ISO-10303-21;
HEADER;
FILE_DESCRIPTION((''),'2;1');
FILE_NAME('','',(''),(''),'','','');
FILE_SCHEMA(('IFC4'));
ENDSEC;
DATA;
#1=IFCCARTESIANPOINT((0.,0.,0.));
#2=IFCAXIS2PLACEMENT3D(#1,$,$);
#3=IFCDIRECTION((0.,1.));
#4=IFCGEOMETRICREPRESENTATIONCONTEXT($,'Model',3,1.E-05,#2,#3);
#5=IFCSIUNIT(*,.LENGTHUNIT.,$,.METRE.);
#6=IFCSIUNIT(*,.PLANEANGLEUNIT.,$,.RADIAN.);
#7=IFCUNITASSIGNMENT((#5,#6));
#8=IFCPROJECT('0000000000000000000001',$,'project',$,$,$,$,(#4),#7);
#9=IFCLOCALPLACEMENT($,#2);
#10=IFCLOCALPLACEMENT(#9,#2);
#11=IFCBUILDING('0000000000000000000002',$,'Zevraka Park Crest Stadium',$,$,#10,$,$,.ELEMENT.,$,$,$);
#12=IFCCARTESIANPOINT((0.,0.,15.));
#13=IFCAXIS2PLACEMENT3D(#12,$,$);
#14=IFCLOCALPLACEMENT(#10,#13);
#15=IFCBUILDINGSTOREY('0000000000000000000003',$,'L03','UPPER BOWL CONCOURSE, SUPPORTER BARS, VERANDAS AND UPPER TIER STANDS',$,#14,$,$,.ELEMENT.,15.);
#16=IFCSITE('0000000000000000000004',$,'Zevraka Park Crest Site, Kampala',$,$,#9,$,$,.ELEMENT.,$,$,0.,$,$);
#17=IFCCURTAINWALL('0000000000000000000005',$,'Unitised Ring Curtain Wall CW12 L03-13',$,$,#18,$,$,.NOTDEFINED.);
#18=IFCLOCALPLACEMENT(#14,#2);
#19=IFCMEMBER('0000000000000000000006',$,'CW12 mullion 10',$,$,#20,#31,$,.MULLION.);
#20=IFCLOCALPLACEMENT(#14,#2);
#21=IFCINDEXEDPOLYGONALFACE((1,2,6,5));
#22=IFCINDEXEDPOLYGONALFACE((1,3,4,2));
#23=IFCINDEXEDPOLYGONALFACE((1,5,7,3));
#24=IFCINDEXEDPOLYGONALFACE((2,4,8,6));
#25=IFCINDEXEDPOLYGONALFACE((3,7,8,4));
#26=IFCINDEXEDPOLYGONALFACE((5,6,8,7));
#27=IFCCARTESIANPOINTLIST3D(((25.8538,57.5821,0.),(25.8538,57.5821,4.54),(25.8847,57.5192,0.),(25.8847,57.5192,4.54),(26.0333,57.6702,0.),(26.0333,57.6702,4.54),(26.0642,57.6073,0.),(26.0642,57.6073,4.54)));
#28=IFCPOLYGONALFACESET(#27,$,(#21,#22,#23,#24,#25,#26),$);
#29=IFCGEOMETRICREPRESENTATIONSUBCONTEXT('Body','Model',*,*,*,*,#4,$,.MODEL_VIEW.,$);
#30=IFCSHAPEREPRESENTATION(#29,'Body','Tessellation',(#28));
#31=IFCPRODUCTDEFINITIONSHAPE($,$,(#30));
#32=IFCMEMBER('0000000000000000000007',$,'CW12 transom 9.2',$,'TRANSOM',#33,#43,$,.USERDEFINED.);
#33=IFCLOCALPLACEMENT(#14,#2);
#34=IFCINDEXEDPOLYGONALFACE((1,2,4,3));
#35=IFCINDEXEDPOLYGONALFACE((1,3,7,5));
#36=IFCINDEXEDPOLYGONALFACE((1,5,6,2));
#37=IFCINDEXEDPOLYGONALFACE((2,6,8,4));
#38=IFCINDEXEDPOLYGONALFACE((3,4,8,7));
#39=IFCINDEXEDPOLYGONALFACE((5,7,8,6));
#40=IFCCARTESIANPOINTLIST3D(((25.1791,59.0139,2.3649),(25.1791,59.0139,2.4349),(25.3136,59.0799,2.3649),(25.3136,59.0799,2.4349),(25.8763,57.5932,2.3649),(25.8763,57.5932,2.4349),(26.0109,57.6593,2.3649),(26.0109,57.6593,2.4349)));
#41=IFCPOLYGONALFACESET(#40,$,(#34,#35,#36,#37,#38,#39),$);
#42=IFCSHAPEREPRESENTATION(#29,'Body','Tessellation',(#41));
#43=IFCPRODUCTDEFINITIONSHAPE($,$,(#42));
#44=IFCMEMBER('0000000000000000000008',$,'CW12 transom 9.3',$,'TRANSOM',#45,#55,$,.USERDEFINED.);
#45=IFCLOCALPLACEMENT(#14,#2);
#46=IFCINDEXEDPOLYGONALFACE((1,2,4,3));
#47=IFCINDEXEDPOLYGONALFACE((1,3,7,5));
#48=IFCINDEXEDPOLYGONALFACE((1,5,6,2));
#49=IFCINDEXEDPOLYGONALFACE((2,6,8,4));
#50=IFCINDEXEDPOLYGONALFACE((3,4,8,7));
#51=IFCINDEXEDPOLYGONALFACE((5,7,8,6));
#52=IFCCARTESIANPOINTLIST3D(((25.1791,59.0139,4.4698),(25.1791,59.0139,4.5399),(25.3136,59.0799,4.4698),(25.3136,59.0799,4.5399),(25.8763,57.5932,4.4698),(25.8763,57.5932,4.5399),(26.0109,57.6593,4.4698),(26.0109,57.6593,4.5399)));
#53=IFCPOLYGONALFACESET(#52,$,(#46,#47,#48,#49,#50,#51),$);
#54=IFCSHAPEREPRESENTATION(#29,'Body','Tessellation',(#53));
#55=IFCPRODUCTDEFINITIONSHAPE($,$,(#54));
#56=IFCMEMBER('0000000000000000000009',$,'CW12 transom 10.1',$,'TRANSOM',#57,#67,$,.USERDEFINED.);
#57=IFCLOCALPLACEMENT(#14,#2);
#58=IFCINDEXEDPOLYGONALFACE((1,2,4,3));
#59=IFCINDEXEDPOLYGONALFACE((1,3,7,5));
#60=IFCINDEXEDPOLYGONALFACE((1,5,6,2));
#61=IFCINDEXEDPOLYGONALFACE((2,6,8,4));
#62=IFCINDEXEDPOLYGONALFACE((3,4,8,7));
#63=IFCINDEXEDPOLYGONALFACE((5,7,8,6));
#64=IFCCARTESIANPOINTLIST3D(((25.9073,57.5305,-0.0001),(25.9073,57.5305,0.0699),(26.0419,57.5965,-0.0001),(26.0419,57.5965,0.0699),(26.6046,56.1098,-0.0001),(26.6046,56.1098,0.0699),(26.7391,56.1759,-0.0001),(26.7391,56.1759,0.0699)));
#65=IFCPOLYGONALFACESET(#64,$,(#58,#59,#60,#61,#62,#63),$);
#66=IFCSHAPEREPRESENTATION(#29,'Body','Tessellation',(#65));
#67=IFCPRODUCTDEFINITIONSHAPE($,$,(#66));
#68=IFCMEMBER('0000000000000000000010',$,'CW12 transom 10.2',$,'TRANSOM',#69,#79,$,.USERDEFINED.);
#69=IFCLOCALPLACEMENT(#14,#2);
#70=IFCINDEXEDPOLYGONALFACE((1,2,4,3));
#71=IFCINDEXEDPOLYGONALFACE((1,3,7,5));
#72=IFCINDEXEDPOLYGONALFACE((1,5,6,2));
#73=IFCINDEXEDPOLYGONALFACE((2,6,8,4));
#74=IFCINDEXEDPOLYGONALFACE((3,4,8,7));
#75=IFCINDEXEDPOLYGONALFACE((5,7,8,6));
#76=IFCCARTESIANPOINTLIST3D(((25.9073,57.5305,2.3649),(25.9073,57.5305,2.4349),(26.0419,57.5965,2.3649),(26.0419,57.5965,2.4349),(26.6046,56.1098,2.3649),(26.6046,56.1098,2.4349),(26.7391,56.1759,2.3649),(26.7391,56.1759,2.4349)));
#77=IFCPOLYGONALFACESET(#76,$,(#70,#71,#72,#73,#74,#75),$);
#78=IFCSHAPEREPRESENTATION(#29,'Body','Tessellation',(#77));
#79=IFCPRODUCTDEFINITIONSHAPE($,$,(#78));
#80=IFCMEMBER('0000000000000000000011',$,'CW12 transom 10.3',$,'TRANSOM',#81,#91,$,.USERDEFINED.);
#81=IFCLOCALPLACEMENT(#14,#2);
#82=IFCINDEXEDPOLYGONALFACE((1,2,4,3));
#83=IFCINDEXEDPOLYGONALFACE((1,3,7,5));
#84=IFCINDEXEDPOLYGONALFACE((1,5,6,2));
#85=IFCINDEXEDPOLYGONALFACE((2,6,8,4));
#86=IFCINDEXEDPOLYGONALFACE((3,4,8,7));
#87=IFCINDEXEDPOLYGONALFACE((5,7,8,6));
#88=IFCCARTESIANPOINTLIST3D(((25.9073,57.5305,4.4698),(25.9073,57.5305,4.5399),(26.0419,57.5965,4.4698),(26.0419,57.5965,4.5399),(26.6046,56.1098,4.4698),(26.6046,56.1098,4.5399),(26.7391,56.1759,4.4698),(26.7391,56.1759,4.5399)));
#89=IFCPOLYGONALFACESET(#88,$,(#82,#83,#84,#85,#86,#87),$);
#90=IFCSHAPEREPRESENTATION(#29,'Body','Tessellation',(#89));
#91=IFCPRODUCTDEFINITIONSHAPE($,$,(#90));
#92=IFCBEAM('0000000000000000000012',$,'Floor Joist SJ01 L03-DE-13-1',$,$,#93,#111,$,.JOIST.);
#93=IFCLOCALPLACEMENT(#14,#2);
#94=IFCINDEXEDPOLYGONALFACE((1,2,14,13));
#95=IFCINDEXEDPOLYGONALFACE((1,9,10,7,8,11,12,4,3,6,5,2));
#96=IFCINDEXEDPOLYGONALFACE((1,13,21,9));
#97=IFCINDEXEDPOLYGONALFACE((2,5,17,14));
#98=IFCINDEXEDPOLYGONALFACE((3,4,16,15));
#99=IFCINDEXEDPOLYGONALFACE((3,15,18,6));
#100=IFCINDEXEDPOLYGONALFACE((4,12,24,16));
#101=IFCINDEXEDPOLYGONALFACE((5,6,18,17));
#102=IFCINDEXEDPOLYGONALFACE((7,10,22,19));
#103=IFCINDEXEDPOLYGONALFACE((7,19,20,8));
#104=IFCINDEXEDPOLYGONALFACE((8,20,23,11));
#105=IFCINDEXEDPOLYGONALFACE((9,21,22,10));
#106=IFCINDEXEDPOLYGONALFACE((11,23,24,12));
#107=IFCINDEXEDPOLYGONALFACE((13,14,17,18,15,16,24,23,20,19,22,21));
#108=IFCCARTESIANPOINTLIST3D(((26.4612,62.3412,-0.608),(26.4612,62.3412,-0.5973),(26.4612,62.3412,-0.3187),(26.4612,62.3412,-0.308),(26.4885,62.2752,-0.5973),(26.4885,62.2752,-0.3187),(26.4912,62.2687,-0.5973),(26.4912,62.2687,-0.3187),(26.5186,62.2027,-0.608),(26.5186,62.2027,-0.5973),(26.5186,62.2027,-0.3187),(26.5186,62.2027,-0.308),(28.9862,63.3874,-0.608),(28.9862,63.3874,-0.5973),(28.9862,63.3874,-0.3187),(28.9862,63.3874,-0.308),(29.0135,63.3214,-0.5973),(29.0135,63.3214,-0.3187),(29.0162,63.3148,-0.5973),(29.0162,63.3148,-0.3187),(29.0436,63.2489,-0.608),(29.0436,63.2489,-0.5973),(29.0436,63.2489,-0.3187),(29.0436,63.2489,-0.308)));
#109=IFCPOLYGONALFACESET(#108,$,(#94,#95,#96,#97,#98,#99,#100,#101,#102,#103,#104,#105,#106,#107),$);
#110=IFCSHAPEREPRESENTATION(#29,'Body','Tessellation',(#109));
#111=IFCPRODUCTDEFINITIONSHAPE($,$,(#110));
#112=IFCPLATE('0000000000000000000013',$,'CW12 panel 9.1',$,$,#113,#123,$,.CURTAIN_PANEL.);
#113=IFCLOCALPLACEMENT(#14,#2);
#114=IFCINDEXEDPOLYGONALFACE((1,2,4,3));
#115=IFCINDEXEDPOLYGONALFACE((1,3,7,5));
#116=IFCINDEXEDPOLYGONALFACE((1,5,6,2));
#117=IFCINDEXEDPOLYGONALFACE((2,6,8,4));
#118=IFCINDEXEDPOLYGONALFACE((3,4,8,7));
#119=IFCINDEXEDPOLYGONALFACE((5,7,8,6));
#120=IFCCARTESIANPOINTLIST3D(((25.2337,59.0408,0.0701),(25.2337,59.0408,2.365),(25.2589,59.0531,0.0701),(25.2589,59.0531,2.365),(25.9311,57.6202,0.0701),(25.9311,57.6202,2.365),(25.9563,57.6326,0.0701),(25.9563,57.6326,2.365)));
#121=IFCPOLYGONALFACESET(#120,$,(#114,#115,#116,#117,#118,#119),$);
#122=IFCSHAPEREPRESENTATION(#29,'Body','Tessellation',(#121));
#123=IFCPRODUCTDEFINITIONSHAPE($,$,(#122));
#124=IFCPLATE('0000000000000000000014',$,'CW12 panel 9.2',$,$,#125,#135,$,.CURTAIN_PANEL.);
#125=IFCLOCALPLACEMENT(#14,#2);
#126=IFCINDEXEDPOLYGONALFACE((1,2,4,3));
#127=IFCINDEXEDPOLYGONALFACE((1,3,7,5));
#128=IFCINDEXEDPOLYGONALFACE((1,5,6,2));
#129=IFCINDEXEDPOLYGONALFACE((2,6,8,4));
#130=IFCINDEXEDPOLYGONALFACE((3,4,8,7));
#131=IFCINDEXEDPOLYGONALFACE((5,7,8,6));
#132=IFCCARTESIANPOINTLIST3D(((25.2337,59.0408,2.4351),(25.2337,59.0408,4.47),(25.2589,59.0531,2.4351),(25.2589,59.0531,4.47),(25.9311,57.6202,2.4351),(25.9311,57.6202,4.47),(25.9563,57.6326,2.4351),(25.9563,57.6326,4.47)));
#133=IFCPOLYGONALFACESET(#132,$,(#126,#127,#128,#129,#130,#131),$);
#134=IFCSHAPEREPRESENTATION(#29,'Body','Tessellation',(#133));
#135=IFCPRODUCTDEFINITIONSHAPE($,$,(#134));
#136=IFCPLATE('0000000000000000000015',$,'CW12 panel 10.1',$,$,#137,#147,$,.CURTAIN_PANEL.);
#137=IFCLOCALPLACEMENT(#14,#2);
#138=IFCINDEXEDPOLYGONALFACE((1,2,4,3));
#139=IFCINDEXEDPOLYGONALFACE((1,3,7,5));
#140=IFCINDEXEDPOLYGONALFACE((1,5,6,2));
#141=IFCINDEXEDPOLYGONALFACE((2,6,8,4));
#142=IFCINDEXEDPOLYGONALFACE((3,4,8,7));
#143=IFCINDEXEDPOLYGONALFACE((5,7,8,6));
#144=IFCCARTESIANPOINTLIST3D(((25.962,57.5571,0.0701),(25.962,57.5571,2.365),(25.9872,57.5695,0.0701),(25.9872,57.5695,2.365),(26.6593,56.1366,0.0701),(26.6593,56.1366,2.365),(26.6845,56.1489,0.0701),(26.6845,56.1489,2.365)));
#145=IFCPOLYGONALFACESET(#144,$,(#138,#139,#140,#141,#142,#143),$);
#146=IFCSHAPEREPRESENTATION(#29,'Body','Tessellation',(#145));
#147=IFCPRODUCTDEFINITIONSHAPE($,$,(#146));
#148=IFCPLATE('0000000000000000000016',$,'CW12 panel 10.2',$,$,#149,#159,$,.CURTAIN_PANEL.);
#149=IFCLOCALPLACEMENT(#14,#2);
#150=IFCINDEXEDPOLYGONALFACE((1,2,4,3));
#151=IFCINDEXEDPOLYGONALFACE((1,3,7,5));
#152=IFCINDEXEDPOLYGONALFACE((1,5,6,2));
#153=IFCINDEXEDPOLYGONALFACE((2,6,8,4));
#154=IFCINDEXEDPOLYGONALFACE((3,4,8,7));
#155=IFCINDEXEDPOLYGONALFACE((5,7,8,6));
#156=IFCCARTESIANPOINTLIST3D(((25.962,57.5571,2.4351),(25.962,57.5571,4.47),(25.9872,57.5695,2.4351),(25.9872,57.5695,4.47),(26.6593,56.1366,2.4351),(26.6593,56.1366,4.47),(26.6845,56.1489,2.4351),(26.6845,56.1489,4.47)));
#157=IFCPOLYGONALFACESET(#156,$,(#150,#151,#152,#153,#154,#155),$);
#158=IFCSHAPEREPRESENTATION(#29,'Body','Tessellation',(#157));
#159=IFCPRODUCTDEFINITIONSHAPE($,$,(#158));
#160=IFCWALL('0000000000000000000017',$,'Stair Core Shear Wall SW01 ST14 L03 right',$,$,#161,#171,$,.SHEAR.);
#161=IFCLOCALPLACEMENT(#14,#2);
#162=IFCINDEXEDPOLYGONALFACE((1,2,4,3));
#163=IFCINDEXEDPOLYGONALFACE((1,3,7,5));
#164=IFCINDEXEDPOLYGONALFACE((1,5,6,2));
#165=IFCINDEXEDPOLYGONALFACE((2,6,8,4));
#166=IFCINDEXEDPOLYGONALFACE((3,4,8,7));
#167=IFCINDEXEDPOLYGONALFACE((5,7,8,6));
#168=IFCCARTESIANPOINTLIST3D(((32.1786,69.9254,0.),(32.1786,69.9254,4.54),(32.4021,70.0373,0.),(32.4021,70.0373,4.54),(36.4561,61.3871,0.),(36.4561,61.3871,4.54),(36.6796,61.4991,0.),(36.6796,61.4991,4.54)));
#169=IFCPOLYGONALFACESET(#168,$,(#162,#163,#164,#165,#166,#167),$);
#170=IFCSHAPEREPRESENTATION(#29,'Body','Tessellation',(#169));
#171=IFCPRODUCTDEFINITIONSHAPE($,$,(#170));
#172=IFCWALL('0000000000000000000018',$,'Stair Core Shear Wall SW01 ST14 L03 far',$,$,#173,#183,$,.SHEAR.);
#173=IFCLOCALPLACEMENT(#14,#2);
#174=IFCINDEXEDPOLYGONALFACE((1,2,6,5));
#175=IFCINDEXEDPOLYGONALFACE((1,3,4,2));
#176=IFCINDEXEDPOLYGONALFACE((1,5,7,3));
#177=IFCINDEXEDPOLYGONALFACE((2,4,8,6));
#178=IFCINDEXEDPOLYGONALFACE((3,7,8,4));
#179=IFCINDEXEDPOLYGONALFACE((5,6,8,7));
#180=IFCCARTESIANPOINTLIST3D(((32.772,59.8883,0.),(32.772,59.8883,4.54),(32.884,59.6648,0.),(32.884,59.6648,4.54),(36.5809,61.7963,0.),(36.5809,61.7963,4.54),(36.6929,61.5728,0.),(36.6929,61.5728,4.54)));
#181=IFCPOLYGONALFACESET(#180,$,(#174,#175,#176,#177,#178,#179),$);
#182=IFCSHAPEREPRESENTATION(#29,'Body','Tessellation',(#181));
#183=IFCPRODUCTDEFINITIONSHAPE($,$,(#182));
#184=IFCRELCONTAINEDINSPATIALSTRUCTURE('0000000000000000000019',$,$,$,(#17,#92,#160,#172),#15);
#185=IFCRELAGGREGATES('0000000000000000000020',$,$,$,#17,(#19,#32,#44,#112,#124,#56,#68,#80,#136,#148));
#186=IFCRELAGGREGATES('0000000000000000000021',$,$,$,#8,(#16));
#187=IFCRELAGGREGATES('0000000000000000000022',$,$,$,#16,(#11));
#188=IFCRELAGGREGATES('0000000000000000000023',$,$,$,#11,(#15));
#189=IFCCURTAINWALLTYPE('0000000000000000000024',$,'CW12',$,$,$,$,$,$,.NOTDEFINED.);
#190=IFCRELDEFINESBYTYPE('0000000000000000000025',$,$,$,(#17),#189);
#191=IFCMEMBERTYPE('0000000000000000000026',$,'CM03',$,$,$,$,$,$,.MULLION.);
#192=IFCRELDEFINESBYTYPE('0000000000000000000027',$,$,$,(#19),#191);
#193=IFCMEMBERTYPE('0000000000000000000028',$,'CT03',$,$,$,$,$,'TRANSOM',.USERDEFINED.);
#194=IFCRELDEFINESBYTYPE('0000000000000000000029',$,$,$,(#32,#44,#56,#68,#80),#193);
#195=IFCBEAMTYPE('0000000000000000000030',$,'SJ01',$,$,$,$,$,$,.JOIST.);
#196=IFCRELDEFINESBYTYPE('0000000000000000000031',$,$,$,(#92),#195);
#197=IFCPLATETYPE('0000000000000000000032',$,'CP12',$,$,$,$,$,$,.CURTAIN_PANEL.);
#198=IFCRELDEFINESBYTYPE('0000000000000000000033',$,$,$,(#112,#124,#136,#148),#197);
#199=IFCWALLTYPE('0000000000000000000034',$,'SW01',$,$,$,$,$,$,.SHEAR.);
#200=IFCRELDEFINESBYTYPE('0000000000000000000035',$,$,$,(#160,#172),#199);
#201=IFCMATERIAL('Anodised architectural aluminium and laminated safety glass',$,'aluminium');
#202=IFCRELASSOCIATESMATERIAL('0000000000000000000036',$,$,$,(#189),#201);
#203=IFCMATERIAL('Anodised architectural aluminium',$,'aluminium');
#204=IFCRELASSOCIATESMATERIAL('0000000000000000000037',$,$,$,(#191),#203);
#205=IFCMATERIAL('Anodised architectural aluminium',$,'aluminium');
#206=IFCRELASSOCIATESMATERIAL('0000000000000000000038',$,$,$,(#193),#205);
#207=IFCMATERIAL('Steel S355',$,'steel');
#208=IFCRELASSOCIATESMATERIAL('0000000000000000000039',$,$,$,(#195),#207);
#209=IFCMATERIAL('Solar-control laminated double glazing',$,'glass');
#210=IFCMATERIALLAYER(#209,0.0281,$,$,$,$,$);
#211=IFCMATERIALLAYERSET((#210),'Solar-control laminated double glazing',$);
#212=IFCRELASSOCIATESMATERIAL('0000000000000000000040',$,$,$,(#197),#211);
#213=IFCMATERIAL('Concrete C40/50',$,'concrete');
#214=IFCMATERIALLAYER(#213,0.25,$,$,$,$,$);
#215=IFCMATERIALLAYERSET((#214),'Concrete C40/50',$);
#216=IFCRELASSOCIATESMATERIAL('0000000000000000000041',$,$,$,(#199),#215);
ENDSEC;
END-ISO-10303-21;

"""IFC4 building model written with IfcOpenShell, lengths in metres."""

from ifc_helpers import new_model, si_unit, direction, frame, frame_2d, origin, origin_2d, place, context, subcontext, project, spatial, rectangle, i_section, extrude, material, layer, layer_set, material_profile, profile_set, type_object, element, aggregate, save


model = new_model("IFC4")

# Units and contexts
model_context = context("Model", 3, precision=1e-05, world=origin(), true_north=direction((0.0, 1.0)))
body_context = subcontext(model_context, "Body", "Model", "MODEL_VIEW")
ifc_project = project(units=[si_unit("LENGTHUNIT", "METRE"), si_unit("PLANEANGLEUNIT", "RADIAN")], contexts=[model_context])

# Site, building, storey
site_placement = place(None, origin())
site = spatial("IfcSite", under=ifc_project, at=site_placement, Name="Zevraka Park Crest Site, Kampala", CompositionType="ELEMENT", RefElevation=0.0)
building_placement = place(site_placement, origin())
building = spatial("IfcBuilding", under=site, at=building_placement, Name="Zevraka Park Crest Stadium", CompositionType="ELEMENT")
storey_placement = place(building_placement, frame((0.0, 0.0, 15.0)))
storey = spatial("IfcBuildingStorey", under=building, at=storey_placement, Name="L03", Description="UPPER BOWL CONCOURSE, SUPPORTER BARS, VERANDAS AND UPPER TIER STANDS", CompositionType="ELEMENT", Elevation=15.0)

# Curtain wall, members
ifc_material_1 = material(Name="Anodised architectural aluminium and laminated safety glass", Category="aluminium")
curtain_wall_type = type_object("IfcCurtainWallType", Name="CW12", PredefinedType="NOTDEFINED", material=ifc_material_1)
curtain_wall_placement = place(storey_placement, origin())
curtain_wall = element("IfcCurtainWall", 1, at=curtain_wall_placement, inside=storey, type_object=curtain_wall_type, Name="Unitised Ring Curtain Wall CW12 L03-13", PredefinedType="NOTDEFINED")
ifc_material_2 = material(Name="Anodised architectural aluminium", Category="aluminium")
ifc_material_profile_1 = material_profile(ifc_material_2, rectangle(XDim=0.2, YDim=0.0701, at=origin_2d()), Name="ALU MULLION 200x70")
ifc_profile_set_1 = profile_set([ifc_material_profile_1], Name="Anodised architectural aluminium")
member_type_1 = type_object("IfcMemberType", Name="CM03", PredefinedType="MULLION", material=ifc_profile_set_1)
member_1_placement = place(storey_placement, frame((25.959, 57.5947, 0.0), z_axis=(0.0, 0.0, 1.0), x_axis=(0.897671, 0.440666, 0.0)))
member_1 = element("IfcMember", 2, at=member_1_placement, type_object=member_type_1, Name="CW12 mullion 10", PredefinedType="MULLION", context=body_context, shape_type="SweptSolid", body=[
    extrude(rectangle(XDim=0.2, YDim=0.0701, at=origin_2d()), origin(), (0.0, 0.0, 1.0), 4.54),
])
ifc_material_3 = material(Name="Anodised architectural aluminium", Category="aluminium")
ifc_material_profile_2 = material_profile(ifc_material_3, rectangle(XDim=0.1499, YDim=0.0701, at=origin_2d()), Name="ALU TRANSOM 150x70")
ifc_profile_set_2 = profile_set([ifc_material_profile_2], Name="Anodised architectural aluminium")
member_type_2 = type_object("IfcMemberType", Name="CT03", ElementType="TRANSOM", PredefinedType="USERDEFINED", material=ifc_profile_set_2)
member_2_placement = place(storey_placement, frame((25.2463, 59.0469, 2.3999), z_axis=(0.440599, -0.897704, 0.0), x_axis=(0.897704, 0.440599, 0.0)))
member_2 = element("IfcMember", 3, at=member_2_placement, type_object=member_type_2, Name="CW12 transom 9.2", ObjectType="TRANSOM", PredefinedType="USERDEFINED", context=body_context, shape_type="SweptSolid", body=[
    extrude(rectangle(XDim=0.1499, YDim=0.0701, at=origin_2d()), origin(), (0.0, 0.0, 1.0), 1.5825),
])
member_3_placement = place(storey_placement, frame((25.2463, 59.0469, 4.5049), z_axis=(0.440599, -0.897704, 0.0), x_axis=(0.897704, 0.440599, 0.0)))
member_3 = element("IfcMember", 4, at=member_3_placement, type_object=member_type_2, Name="CW12 transom 9.3", ObjectType="TRANSOM", PredefinedType="USERDEFINED", context=body_context, shape_type="SweptSolid", body=[
    extrude(rectangle(XDim=0.1499, YDim=0.0701, at=origin_2d()), origin(), (0.0, 0.0, 1.0), 1.5825),
])
member_4_placement = place(storey_placement, frame((25.9746, 57.5635, 0.0349), z_axis=(0.440599, -0.897704, 0.0), x_axis=(0.897704, 0.440599, 0.0)))
member_4 = element("IfcMember", 5, at=member_4_placement, type_object=member_type_2, Name="CW12 transom 10.1", ObjectType="TRANSOM", PredefinedType="USERDEFINED", context=body_context, shape_type="SweptSolid", body=[
    extrude(rectangle(XDim=0.1499, YDim=0.0701, at=origin_2d()), origin(), (0.0, 0.0, 1.0), 1.5825),
])
member_5_placement = place(storey_placement, frame((25.9746, 57.5635, 2.3999), z_axis=(0.440599, -0.897704, 0.0), x_axis=(0.897704, 0.440599, 0.0)))
member_5 = element("IfcMember", 6, at=member_5_placement, type_object=member_type_2, Name="CW12 transom 10.2", ObjectType="TRANSOM", PredefinedType="USERDEFINED", context=body_context, shape_type="SweptSolid", body=[
    extrude(rectangle(XDim=0.1499, YDim=0.0701, at=origin_2d()), origin(), (0.0, 0.0, 1.0), 1.5825),
])
member_6_placement = place(storey_placement, frame((25.9746, 57.5635, 4.5049), z_axis=(0.440599, -0.897704, 0.0), x_axis=(0.897704, 0.440599, 0.0)))
member_6 = element("IfcMember", 7, at=member_6_placement, type_object=member_type_2, Name="CW12 transom 10.3", ObjectType="TRANSOM", PredefinedType="USERDEFINED", context=body_context, shape_type="SweptSolid", body=[
    extrude(rectangle(XDim=0.1499, YDim=0.0701, at=origin_2d()), origin(), (0.0, 0.0, 1.0), 1.5825),
])

# Beam
ifc_material_4 = material(Name="Steel S355", Category="steel")
ifc_material_profile_3 = material_profile(ifc_material_4, i_section(OverallWidth=0.1499, OverallDepth=0.3, WebThickness=0.0071, FlangeThickness=0.0107, at=origin_2d()), Name="IPE 300")
ifc_profile_set_3 = profile_set([ifc_material_profile_3], Name="Steel S355")
beam_type = type_object("IfcBeamType", Name="SJ01", PredefinedType="JOIST", material=ifc_profile_set_3)
beam_placement = place(storey_placement, frame((29.0149, 63.3181, -0.458), z_axis=(-0.923842, -0.382775, 0.0), x_axis=(0.382775, -0.923842, 0.0)))
element("IfcBeam", 8, at=beam_placement, inside=storey, type_object=beam_type, Name="Floor Joist SJ01 L03-DE-13-1", PredefinedType="JOIST", context=body_context, shape_type="SweptSolid", body=[
    extrude(i_section(OverallWidth=0.1499, OverallDepth=0.3, WebThickness=0.0071, FlangeThickness=0.0107, at=origin_2d()), origin(), (0.0, 0.0, 1.0), 2.7332),
])

# Plates
ifc_material_5 = material(Name="Solar-control laminated double glazing", Category="glass")
ifc_layer_1 = layer(ifc_material_5, 0.0281)
ifc_layer_set_1 = layer_set([ifc_layer_1], Name="Solar-control laminated double glazing")
plate_type = type_object("IfcPlateType", Name="CP12", PredefinedType="CURTAIN_PANEL", material=ifc_layer_set_1)
plate_1_placement = place(storey_placement, frame((25.595, 58.3367, 0.0701), z_axis=(0.0, 0.0, 1.0), x_axis=(0.440666, -0.897671, 0.0)))
plate_1 = element("IfcPlate", 9, at=plate_1_placement, type_object=plate_type, Name="CW12 panel 9.1", PredefinedType="CURTAIN_PANEL", context=body_context, shape_type="SweptSolid", body=[
    extrude(rectangle(XDim=1.5825, YDim=0.0281, at=origin_2d()), origin(), (0.0, 0.0, 1.0), 2.2949),
])
plate_2_placement = place(storey_placement, frame((25.595, 58.3367, 2.4351), z_axis=(0.0, 0.0, 1.0), x_axis=(0.440666, -0.897671, 0.0)))
plate_2 = element("IfcPlate", 10, at=plate_2_placement, type_object=plate_type, Name="CW12 panel 9.2", PredefinedType="CURTAIN_PANEL", context=body_context, shape_type="SweptSolid", body=[
    extrude(rectangle(XDim=1.5825, YDim=0.0281, at=origin_2d()), origin(), (0.0, 0.0, 1.0), 2.0349),
])
plate_3_placement = place(storey_placement, frame((26.3232, 56.853, 0.0701), z_axis=(0.0, 0.0, 1.0), x_axis=(0.440666, -0.897671, 0.0)))
plate_3 = element("IfcPlate", 11, at=plate_3_placement, type_object=plate_type, Name="CW12 panel 10.1", PredefinedType="CURTAIN_PANEL", context=body_context, shape_type="SweptSolid", body=[
    extrude(rectangle(XDim=1.5825, YDim=0.0281, at=origin_2d()), origin(), (0.0, 0.0, 1.0), 2.2949),
])
plate_4_placement = place(storey_placement, frame((26.3232, 56.853, 2.4351), z_axis=(0.0, 0.0, 1.0), x_axis=(0.440666, -0.897671, 0.0)))
plate_4 = element("IfcPlate", 12, at=plate_4_placement, type_object=plate_type, Name="CW12 panel 10.2", PredefinedType="CURTAIN_PANEL", context=body_context, shape_type="SweptSolid", body=[
    extrude(rectangle(XDim=1.5825, YDim=0.0281, at=origin_2d()), origin(), (0.0, 0.0, 1.0), 2.0349),
])
aggregate(curtain_wall, [member_1, member_2, member_3, plate_1, plate_2, member_4, member_5, member_6, plate_3, plate_4])

# Walls
ifc_material_6 = material(Name="Concrete C40/50", Category="concrete")
ifc_layer_2 = layer(ifc_material_6, 0.25)
ifc_layer_set_2 = layer_set([ifc_layer_2], Name="Concrete C40/50")
wall_type = type_object("IfcWallType", Name="SW01", PredefinedType="SHEAR", material=ifc_layer_set_2)
wall_1_placement = place(storey_placement, frame((36.5679, 61.4431, 0.0), z_axis=(0.0, 0.0, 1.0), x_axis=(-0.447919, 0.894074, 0.0)))
element("IfcWall", 13, at=wall_1_placement, inside=storey, type_object=wall_type, Name="Stair Core Shear Wall SW01 ST14 L03 right", PredefinedType="SHEAR", context=body_context, shape_type="SweptSolid", body=[
    extrude(rectangle(XDim=9.5498, YDim=0.25, at=frame_2d((4.7749, 0.0))), origin(), (0.0, 0.0, 1.0), 4.54),
])
wall_2_placement = place(storey_placement, frame((32.8281, 59.7766, 0.0), z_axis=(0.0, 0.0, 1.0), x_axis=(0.894095, 0.447878, 0.0)))
element("IfcWall", 14, at=wall_2_placement, inside=storey, type_object=wall_type, Name="Stair Core Shear Wall SW01 ST14 L03 far", PredefinedType="SHEAR", context=body_context, shape_type="SweptSolid", body=[
    extrude(rectangle(XDim=4.26, YDim=0.25, at=frame_2d((2.1299, 0.0))), origin(), (0.0, 0.0, 1.0), 4.54),
])

save(model, "model.ifc")
